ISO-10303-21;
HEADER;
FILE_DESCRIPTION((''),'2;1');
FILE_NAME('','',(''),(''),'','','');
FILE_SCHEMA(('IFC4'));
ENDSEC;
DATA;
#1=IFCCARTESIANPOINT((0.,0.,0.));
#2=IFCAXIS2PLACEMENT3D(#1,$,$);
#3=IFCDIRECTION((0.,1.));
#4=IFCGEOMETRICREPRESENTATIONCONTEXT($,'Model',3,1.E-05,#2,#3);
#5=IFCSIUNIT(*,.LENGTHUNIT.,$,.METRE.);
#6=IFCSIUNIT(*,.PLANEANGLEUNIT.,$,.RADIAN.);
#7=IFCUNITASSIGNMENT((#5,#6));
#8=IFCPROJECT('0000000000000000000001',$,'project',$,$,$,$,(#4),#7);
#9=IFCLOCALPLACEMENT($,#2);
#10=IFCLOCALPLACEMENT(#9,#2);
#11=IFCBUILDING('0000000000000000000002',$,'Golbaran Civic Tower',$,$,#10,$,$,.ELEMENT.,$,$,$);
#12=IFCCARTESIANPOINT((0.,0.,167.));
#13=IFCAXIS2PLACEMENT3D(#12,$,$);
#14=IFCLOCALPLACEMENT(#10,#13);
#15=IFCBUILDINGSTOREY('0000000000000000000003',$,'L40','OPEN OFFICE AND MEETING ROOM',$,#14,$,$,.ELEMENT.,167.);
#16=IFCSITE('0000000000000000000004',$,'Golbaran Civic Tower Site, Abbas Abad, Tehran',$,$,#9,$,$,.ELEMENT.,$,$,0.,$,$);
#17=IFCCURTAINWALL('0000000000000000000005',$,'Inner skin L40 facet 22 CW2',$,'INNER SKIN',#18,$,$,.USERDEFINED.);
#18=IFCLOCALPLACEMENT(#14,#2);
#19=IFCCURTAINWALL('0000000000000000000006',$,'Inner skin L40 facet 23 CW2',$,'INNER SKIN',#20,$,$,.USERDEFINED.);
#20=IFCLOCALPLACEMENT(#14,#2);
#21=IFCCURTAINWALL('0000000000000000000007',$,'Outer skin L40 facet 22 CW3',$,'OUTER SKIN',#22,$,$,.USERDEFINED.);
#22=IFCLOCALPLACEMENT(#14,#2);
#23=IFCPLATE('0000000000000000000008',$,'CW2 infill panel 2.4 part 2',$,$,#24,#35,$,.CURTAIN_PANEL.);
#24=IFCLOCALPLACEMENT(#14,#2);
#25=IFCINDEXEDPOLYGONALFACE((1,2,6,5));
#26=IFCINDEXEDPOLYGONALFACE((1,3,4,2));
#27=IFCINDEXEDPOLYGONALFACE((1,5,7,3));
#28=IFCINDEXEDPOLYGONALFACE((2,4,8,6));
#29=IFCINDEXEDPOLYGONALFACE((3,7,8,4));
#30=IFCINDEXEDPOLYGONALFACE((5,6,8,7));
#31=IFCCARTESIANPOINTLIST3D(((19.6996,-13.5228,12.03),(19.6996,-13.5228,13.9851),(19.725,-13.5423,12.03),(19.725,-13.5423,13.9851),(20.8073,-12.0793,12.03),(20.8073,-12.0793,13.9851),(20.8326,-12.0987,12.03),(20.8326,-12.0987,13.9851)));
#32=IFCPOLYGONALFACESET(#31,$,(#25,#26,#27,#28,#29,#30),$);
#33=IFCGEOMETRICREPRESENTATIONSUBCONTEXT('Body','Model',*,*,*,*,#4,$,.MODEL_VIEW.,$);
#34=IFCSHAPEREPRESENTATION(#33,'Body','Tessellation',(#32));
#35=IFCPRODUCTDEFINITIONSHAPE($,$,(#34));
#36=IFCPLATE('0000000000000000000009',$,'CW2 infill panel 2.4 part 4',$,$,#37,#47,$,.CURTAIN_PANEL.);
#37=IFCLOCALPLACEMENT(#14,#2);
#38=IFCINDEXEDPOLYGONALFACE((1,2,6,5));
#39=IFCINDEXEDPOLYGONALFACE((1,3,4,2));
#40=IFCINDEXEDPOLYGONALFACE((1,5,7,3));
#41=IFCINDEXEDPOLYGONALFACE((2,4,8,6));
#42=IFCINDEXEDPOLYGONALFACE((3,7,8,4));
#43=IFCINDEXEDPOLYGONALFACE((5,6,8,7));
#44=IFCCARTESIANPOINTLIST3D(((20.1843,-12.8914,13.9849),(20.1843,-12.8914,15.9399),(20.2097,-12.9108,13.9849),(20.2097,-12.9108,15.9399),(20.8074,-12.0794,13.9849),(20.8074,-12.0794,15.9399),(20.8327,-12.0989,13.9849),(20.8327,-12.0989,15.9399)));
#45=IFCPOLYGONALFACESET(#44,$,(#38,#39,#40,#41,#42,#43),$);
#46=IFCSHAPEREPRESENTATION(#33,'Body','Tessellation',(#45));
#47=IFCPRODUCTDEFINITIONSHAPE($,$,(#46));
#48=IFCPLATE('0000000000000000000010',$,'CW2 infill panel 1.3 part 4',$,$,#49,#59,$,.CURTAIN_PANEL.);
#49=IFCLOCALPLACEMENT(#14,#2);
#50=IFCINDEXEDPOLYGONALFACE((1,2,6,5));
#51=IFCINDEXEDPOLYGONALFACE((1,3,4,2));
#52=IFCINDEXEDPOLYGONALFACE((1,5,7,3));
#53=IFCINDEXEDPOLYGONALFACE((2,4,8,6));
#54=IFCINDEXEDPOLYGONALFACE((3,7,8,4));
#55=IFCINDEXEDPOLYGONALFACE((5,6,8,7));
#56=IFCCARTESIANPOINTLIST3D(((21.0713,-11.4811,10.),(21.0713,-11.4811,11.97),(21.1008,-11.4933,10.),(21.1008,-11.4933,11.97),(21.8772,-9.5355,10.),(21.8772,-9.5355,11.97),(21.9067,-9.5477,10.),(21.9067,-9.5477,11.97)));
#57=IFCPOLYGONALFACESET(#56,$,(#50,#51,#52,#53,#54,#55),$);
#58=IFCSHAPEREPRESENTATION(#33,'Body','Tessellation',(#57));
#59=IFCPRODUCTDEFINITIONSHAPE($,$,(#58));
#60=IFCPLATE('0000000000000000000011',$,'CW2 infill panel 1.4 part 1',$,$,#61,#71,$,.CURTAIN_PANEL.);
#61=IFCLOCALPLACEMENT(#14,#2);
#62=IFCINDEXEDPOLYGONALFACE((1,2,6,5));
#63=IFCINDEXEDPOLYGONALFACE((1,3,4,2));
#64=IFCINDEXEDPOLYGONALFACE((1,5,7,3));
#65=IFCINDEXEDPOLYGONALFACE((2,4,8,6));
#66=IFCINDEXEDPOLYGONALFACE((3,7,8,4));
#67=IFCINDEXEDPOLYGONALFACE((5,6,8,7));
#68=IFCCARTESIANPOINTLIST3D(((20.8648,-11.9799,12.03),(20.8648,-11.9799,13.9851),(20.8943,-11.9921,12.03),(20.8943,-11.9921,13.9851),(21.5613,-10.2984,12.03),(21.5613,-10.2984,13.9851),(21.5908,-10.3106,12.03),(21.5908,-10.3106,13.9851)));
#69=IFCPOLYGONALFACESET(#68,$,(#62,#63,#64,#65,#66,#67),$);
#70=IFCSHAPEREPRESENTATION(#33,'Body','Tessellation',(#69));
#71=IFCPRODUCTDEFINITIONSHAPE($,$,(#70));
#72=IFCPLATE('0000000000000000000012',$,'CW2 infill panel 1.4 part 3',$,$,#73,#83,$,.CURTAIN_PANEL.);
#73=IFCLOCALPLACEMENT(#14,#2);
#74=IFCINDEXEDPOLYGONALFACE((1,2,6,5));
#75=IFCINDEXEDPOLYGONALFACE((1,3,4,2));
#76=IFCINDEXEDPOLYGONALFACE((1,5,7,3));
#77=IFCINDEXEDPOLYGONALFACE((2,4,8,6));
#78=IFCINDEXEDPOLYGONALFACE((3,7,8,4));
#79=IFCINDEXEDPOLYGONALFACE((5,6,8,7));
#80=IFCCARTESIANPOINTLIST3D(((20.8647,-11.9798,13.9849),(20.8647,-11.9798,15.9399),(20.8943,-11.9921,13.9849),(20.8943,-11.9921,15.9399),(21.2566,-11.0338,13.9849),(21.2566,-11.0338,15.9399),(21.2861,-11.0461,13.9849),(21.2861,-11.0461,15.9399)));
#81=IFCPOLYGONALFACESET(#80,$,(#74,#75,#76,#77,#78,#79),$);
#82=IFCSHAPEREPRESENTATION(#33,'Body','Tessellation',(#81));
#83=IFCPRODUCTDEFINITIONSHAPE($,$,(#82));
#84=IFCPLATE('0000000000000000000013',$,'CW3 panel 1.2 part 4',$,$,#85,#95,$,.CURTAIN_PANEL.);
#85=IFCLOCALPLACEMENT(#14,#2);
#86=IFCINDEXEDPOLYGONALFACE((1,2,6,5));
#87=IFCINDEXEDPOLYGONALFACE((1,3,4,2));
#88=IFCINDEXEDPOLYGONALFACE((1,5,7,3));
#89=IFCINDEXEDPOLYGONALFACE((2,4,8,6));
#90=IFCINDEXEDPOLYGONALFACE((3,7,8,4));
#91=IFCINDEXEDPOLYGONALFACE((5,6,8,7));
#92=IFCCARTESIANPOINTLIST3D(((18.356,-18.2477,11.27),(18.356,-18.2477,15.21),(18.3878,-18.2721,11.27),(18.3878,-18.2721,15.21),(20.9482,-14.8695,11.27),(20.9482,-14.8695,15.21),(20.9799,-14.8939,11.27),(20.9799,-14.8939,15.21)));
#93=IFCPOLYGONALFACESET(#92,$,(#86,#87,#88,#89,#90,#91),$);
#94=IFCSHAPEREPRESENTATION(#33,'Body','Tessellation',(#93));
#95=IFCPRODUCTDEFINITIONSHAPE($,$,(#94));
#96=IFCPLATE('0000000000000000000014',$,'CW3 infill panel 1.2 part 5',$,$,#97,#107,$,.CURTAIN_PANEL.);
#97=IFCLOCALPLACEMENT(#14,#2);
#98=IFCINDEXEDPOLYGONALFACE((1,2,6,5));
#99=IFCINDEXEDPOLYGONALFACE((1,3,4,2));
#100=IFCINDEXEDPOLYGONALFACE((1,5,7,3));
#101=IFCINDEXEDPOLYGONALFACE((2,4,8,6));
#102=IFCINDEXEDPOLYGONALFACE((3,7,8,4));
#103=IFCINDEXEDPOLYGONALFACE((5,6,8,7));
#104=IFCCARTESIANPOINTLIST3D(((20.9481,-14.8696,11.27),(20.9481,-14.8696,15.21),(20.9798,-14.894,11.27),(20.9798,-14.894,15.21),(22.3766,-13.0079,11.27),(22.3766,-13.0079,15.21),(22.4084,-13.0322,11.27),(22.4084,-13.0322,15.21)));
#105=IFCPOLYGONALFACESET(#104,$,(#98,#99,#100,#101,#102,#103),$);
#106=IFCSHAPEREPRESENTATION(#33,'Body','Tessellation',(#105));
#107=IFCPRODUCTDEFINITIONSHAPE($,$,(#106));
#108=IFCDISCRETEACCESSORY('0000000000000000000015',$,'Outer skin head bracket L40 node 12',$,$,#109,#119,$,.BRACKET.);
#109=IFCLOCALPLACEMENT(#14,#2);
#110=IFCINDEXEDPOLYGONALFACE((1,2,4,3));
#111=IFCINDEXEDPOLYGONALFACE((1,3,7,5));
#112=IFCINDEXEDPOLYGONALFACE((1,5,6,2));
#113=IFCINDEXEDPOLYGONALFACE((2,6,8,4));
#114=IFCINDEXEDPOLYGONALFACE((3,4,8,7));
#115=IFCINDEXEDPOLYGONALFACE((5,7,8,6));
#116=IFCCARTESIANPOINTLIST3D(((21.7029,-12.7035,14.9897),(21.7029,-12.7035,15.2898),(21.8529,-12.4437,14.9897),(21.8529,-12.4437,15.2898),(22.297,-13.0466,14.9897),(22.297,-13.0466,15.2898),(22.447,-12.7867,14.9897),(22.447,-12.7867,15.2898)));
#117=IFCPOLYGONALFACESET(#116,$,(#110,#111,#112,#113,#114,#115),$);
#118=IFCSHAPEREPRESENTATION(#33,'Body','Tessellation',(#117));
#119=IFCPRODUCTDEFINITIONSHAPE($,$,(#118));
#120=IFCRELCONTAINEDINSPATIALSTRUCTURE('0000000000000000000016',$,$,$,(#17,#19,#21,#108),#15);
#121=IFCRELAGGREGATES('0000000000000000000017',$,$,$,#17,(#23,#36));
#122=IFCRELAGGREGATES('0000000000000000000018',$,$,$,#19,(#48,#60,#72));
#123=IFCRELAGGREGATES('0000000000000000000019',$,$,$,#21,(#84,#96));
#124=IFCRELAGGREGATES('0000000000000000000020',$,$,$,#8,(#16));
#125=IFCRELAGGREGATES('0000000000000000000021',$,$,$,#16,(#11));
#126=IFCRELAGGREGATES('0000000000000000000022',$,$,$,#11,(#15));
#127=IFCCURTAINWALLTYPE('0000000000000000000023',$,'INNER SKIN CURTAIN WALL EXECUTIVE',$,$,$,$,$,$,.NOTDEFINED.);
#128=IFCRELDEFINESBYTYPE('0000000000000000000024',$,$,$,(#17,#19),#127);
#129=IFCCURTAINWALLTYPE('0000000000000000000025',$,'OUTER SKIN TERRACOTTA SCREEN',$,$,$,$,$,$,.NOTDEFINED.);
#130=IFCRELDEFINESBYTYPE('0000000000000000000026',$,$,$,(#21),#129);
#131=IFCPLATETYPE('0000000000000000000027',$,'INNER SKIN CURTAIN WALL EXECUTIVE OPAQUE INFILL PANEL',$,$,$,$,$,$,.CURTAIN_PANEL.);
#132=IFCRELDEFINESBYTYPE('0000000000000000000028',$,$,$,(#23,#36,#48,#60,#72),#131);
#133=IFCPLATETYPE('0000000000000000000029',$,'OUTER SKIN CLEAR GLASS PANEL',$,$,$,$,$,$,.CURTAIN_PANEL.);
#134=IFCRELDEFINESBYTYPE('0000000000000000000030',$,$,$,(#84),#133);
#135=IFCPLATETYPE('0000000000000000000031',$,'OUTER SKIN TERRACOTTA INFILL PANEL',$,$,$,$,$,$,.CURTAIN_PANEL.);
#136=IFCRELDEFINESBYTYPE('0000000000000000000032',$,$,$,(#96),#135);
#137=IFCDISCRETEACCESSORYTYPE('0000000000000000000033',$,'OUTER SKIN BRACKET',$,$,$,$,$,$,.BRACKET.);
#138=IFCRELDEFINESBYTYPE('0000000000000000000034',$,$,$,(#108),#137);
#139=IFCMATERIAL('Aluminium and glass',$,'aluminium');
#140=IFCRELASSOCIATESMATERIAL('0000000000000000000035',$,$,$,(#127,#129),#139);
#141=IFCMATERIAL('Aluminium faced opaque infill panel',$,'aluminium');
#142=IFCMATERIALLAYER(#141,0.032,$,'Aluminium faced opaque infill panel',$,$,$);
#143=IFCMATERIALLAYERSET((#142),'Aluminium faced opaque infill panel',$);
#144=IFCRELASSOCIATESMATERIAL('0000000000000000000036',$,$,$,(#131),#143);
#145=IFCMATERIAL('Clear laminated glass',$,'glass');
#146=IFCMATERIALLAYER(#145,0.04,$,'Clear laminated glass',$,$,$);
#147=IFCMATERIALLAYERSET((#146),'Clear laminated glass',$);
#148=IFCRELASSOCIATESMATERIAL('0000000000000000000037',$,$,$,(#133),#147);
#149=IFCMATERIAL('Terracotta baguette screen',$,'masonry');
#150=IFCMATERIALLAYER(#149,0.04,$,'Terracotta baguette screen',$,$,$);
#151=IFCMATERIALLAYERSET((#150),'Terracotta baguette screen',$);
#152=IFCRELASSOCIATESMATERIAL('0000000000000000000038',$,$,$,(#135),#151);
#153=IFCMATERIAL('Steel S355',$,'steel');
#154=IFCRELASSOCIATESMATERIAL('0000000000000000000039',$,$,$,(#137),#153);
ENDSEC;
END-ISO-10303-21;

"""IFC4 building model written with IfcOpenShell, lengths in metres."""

from ifc_helpers import new_model, si_unit, direction, frame, origin, origin_2d, place, context, subcontext, project, spatial, rectangle, extrude, material, layer, layer_set, type_object, element, aggregate, save


model = new_model("IFC4")

# Units and contexts
model_context = context("Model", 3, precision=1e-05, world=origin(), true_north=direction((0.0, 1.0)))
body_context = subcontext(model_context, "Body", "Model", "MODEL_VIEW")
ifc_project = project(units=[si_unit("LENGTHUNIT", "METRE"), si_unit("PLANEANGLEUNIT", "RADIAN")], contexts=[model_context])

# Site, building, storey
site_placement = place(None, origin())
site = spatial("IfcSite", under=ifc_project, at=site_placement, Name="Golbaran Civic Tower Site, Abbas Abad, Tehran", CompositionType="ELEMENT", RefElevation=0.0)
building_placement = place(site_placement, origin())
building = spatial("IfcBuilding", under=site, at=building_placement, Name="Golbaran Civic Tower", CompositionType="ELEMENT")
storey_placement = place(building_placement, frame((0.0, 0.0, 167.0)))
storey = spatial("IfcBuildingStorey", under=building, at=storey_placement, Name="L40", Description="OPEN OFFICE AND MEETING ROOM", CompositionType="ELEMENT", Elevation=167.0)

# Curtain walls
ifc_material_1 = material(Name="Aluminium and glass", Category="aluminium")
curtain_wall_type_1 = type_object("IfcCurtainWallType", Name="INNER SKIN CURTAIN WALL EXECUTIVE", PredefinedType="NOTDEFINED", material=ifc_material_1)
curtain_wall_1_placement = place(storey_placement, origin())
curtain_wall_1 = element("IfcCurtainWall", 1, at=curtain_wall_1_placement, inside=storey, type_object=curtain_wall_type_1, Name="Inner skin L40 facet 22 CW2", ObjectType="INNER SKIN", PredefinedType="USERDEFINED")
curtain_wall_2_placement = place(storey_placement, origin())
curtain_wall_2 = element("IfcCurtainWall", 2, at=curtain_wall_2_placement, inside=storey, type_object=curtain_wall_type_1, Name="Inner skin L40 facet 23 CW2", ObjectType="INNER SKIN", PredefinedType="USERDEFINED")

# Curtain wall
curtain_wall_type_2 = type_object("IfcCurtainWallType", Name="OUTER SKIN TERRACOTTA SCREEN", PredefinedType="NOTDEFINED", material=ifc_material_1)
curtain_wall_3_placement = place(storey_placement, origin())
curtain_wall_3 = element("IfcCurtainWall", 3, at=curtain_wall_3_placement, inside=storey, type_object=curtain_wall_type_2, Name="Outer skin L40 facet 22 CW3", ObjectType="OUTER SKIN", PredefinedType="USERDEFINED")

# Plates
ifc_material_2 = material(Name="Aluminium faced opaque infill panel", Category="aluminium")
ifc_layer_1 = layer(ifc_material_2, 0.032, Name="Aluminium faced opaque infill panel")
ifc_layer_set_1 = layer_set([ifc_layer_1], Name="Aluminium faced opaque infill panel")
plate_type_1 = type_object("IfcPlateType", Name="INNER SKIN CURTAIN WALL EXECUTIVE OPAQUE INFILL PANEL", PredefinedType="CURTAIN_PANEL", material=ifc_layer_set_1)
plate_1_placement = place(storey_placement, frame((20.2661, -12.8108, 12.03), z_axis=(0.0, 0.0, 1.0), x_axis=(0.608761, 0.793353, 0.0)))
plate_1 = element("IfcPlate", 4, at=plate_1_placement, type_object=plate_type_1, Name="CW2 infill panel 2.4 part 2", PredefinedType="CURTAIN_PANEL", context=body_context, shape_type="SweptSolid", body=[
    extrude(rectangle(XDim=1.8196, YDim=0.032, at=origin_2d()), origin(), (0.0, 0.0, 1.0), 1.9551),
])
plate_2_placement = place(storey_placement, frame((20.5085, -12.4951, 13.9849), z_axis=(0.0, 0.0, 1.0), x_axis=(0.608761, 0.793353, 0.0)))
plate_2 = element("IfcPlate", 5, at=plate_2_placement, type_object=plate_type_1, Name="CW2 infill panel 2.4 part 4", PredefinedType="CURTAIN_PANEL", context=body_context, shape_type="SweptSolid", body=[
    extrude(rectangle(XDim=1.0234, YDim=0.032, at=origin_2d()), origin(), (0.0, 0.0, 1.0), 1.9551),
])
aggregate(curtain_wall_1, [plate_1, plate_2])
plate_3_placement = place(storey_placement, frame((21.489, -10.5144, 10.0), z_axis=(0.0, 0.0, 1.0), x_axis=(0.382683, 0.92388, 0.0)))
plate_3 = element("IfcPlate", 6, at=plate_3_placement, type_object=plate_type_1, Name="CW2 infill panel 1.3 part 4", PredefinedType="CURTAIN_PANEL", context=body_context, shape_type="SweptSolid", body=[
    extrude(rectangle(XDim=2.106, YDim=0.032, at=origin_2d()), origin(), (0.0, 0.0, 1.0), 1.97),
])
plate_4_placement = place(storey_placement, frame((21.2278, -11.1453, 12.03), z_axis=(0.0, 0.0, 1.0), x_axis=(0.382683, 0.92388, 0.0)))
plate_4 = element("IfcPlate", 7, at=plate_4_placement, type_object=plate_type_1, Name="CW2 infill panel 1.4 part 1", PredefinedType="CURTAIN_PANEL", context=body_context, shape_type="SweptSolid", body=[
    extrude(rectangle(XDim=1.8201, YDim=0.032, at=origin_2d()), origin(), (0.0, 0.0, 1.0), 1.9551),
])
plate_5_placement = place(storey_placement, frame((21.0754, -11.5129, 13.9849), z_axis=(0.0, 0.0, 1.0), x_axis=(0.382683, 0.92388, 0.0)))
plate_5 = element("IfcPlate", 8, at=plate_5_placement, type_object=plate_type_1, Name="CW2 infill panel 1.4 part 3", PredefinedType="CURTAIN_PANEL", context=body_context, shape_type="SweptSolid", body=[
    extrude(rectangle(XDim=1.0239, YDim=0.032, at=origin_2d()), origin(), (0.0, 0.0, 1.0), 1.9551),
])
aggregate(curtain_wall_2, [plate_3, plate_4, plate_5])
ifc_material_3 = material(Name="Clear laminated glass", Category="glass")
ifc_layer_2 = layer(ifc_material_3, 0.04, Name="Clear laminated glass")
ifc_layer_set_2 = layer_set([ifc_layer_2], Name="Clear laminated glass")
plate_type_2 = type_object("IfcPlateType", Name="OUTER SKIN CLEAR GLASS PANEL", PredefinedType="CURTAIN_PANEL", material=ifc_layer_set_2)
plate_6_placement = place(storey_placement, frame((19.668, -16.5708, 11.27), z_axis=(0.0, 0.0, 1.0), x_axis=(0.608761, 0.793353, 0.0)))
plate_6 = element("IfcPlate", 9, at=plate_6_placement, type_object=plate_type_2, Name="CW3 panel 1.2 part 4", PredefinedType="CURTAIN_PANEL", context=body_context, shape_type="SweptSolid", body=[
    extrude(rectangle(XDim=4.2581, YDim=0.04, at=origin_2d()), origin(), (0.0, 0.0, 1.0), 3.9399),
])
ifc_material_4 = material(Name="Terracotta baguette screen", Category="masonry")
ifc_layer_3 = layer(ifc_material_4, 0.04, Name="Terracotta baguette screen")
ifc_layer_set_3 = layer_set([ifc_layer_3], Name="Terracotta baguette screen")
plate_type_3 = type_object("IfcPlateType", Name="OUTER SKIN TERRACOTTA INFILL PANEL", PredefinedType="CURTAIN_PANEL", material=ifc_layer_set_3)
plate_7_placement = place(storey_placement, frame((21.6782, -13.9509, 11.27), z_axis=(0.0, 0.0, 1.0), x_axis=(0.608761, 0.793353, 0.0)))
plate_7 = element("IfcPlate", 10, at=plate_7_placement, type_object=plate_type_3, Name="CW3 infill panel 1.2 part 5", PredefinedType="CURTAIN_PANEL", context=body_context, shape_type="SweptSolid", body=[
    extrude(rectangle(XDim=2.3467, YDim=0.04, at=origin_2d()), origin(), (0.0, 0.0, 1.0), 3.9399),
])
aggregate(curtain_wall_3, [plate_6, plate_7])

# Discrete accessory
ifc_material_5 = material(Name="Steel S355", Category="steel")
discrete_accessory_type = type_object("IfcDiscreteAccessoryType", Name="OUTER SKIN BRACKET", PredefinedType="BRACKET", material=ifc_material_5)
discrete_accessory_placement = place(storey_placement, frame((22.075, -12.7451, 14.9897), z_axis=(0.0, 0.0, 1.0), x_axis=(0.866025, -0.5, 0.0)))
element("IfcDiscreteAccessory", 11, at=discrete_accessory_placement, inside=storey, type_object=discrete_accessory_type, Name="Outer skin head bracket L40 node 12", PredefinedType="BRACKET", context=body_context, shape_type="SweptSolid", body=[
    extrude(rectangle(XDim=0.686, YDim=0.3, at=origin_2d()), origin(), (0.0, 0.0, 1.0), 0.3),
])

save(model, "model.ifc")
